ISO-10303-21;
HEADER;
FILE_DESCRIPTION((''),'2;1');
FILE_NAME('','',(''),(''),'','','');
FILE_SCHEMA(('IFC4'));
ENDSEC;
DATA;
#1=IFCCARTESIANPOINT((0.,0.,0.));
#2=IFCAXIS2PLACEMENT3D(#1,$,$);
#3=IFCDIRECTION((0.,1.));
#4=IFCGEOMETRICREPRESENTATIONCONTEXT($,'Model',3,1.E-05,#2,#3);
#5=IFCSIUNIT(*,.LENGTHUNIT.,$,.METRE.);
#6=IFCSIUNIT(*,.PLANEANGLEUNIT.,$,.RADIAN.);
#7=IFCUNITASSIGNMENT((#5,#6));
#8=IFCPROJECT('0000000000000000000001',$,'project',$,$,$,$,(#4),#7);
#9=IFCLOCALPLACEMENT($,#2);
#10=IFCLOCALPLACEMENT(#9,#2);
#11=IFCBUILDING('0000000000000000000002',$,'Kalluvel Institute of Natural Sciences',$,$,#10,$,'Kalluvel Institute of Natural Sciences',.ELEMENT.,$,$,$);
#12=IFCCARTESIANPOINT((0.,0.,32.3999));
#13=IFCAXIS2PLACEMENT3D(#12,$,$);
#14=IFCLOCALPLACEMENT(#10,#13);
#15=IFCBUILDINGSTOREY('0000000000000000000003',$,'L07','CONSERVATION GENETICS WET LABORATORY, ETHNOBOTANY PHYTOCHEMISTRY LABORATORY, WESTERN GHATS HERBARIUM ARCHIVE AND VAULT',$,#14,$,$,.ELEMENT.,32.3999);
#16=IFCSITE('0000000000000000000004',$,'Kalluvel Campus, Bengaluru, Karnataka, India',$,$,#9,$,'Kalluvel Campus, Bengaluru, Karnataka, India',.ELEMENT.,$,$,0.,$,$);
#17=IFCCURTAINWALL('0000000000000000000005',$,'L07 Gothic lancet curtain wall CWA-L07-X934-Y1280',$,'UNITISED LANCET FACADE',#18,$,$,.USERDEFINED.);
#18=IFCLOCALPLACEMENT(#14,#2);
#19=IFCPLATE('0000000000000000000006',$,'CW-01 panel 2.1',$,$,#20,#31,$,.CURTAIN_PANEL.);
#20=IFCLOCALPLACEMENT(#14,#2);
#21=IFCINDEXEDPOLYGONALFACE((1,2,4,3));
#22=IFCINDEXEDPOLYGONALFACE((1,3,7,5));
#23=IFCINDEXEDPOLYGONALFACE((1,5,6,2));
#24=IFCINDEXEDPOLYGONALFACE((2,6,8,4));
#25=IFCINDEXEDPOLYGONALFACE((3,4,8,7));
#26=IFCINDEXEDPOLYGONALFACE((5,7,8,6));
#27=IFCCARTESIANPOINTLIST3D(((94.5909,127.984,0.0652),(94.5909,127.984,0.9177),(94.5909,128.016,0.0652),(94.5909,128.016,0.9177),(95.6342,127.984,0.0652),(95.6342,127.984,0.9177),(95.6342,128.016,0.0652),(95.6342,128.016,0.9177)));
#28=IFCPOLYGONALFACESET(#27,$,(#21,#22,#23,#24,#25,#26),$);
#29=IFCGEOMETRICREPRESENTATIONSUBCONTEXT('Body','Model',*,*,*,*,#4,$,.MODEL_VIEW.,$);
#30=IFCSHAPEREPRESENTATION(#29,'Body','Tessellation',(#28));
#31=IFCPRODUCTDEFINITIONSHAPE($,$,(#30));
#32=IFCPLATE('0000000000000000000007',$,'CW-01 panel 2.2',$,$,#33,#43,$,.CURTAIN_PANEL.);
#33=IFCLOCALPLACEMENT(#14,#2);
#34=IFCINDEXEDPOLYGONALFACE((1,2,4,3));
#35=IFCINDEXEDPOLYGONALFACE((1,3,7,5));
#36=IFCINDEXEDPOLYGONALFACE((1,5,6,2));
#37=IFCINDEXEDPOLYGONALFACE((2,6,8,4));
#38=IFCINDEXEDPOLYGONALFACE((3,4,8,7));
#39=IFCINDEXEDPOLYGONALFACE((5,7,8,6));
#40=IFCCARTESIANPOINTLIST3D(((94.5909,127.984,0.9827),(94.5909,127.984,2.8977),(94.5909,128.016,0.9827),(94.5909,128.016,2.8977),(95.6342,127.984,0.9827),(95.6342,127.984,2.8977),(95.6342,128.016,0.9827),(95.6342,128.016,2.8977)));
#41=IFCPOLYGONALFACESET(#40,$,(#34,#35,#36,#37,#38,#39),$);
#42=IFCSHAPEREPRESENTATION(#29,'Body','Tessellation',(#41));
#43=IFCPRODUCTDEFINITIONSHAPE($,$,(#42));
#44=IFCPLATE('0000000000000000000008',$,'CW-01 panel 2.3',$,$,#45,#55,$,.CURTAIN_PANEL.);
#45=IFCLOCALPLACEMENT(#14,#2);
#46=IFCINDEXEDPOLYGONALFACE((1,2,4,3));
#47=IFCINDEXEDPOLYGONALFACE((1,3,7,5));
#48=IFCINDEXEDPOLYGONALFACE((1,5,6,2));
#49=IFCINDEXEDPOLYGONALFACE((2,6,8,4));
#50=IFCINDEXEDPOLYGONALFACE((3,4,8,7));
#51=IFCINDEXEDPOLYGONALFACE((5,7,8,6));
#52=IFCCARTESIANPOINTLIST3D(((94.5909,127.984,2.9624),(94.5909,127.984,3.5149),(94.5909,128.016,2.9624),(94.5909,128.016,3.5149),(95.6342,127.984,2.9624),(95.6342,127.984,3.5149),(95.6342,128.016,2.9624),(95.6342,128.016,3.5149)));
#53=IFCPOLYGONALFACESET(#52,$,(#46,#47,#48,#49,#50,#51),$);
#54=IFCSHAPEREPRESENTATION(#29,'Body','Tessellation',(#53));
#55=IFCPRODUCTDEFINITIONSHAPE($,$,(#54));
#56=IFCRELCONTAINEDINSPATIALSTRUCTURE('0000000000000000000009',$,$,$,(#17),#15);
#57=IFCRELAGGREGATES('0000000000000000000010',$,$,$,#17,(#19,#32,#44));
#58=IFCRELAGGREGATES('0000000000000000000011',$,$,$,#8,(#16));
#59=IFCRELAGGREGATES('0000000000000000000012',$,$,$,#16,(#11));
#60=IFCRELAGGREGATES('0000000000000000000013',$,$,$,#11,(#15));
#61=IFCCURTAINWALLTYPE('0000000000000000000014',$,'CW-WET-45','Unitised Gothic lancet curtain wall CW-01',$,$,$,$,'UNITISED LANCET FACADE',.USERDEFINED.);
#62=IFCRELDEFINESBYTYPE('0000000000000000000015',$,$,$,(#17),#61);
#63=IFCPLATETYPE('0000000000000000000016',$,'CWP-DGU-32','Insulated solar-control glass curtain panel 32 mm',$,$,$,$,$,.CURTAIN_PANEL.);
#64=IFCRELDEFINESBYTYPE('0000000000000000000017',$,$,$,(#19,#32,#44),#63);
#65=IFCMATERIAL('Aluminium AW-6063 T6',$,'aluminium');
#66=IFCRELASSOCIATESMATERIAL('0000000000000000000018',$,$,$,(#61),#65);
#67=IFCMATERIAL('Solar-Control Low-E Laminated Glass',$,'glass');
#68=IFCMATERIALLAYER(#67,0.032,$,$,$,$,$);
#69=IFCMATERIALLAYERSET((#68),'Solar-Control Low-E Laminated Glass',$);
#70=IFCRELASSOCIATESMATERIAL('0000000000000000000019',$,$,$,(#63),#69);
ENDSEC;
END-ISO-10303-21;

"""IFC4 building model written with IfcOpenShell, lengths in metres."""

from ifc_helpers import new_model, si_unit, direction, frame, origin, origin_2d, place, context, subcontext, project, spatial, rectangle, extrude, material, layer, layer_set, type_object, element, aggregate, save


model = new_model("IFC4")

# Units and contexts
model_context = context("Model", 3, precision=1e-05, world=origin(), true_north=direction((0.0, 1.0)))
body_context = subcontext(model_context, "Body", "Model", "MODEL_VIEW")
ifc_project = project(units=[si_unit("LENGTHUNIT", "METRE"), si_unit("PLANEANGLEUNIT", "RADIAN")], contexts=[model_context])

# Site, building, storey
site_placement = place(None, origin())
site = spatial("IfcSite", under=ifc_project, at=site_placement, Name="Kalluvel Campus, Bengaluru, Karnataka, India", LongName="Kalluvel Campus, Bengaluru, Karnataka, India", CompositionType="ELEMENT", RefElevation=0.0)
building_placement = place(site_placement, origin())
building = spatial("IfcBuilding", under=site, at=building_placement, Name="Kalluvel Institute of Natural Sciences", LongName="Kalluvel Institute of Natural Sciences", CompositionType="ELEMENT")
storey_placement = place(building_placement, frame((0.0, 0.0, 32.3999)))
storey = spatial("IfcBuildingStorey", under=building, at=storey_placement, Name="L07", Description="CONSERVATION GENETICS WET LABORATORY, ETHNOBOTANY PHYTOCHEMISTRY LABORATORY, WESTERN GHATS HERBARIUM ARCHIVE AND VAULT", CompositionType="ELEMENT", Elevation=32.3999)

# Curtain wall
ifc_material_1 = material(Name="Aluminium AW-6063 T6", Category="aluminium")
curtain_wall_type = type_object("IfcCurtainWallType", Name="CW-WET-45", Description="Unitised Gothic lancet curtain wall CW-01", ElementType="UNITISED LANCET FACADE", PredefinedType="USERDEFINED", material=ifc_material_1)
curtain_wall_1_placement = place(storey_placement, origin())
curtain_wall_1 = element("IfcCurtainWall", 1, at=curtain_wall_1_placement, inside=storey, type_object=curtain_wall_type, Name="L07 Gothic lancet curtain wall CWA-L07-X934-Y1280", ObjectType="UNITISED LANCET FACADE", PredefinedType="USERDEFINED")

# Plates
ifc_material_2 = material(Name="Solar-Control Low-E Laminated Glass", Category="glass")
ifc_layer = layer(ifc_material_2, 0.032)
ifc_layer_set = layer_set([ifc_layer], Name="Solar-Control Low-E Laminated Glass")
plate_type = type_object("IfcPlateType", Name="CWP-DGU-32", Description="Insulated solar-control glass curtain panel 32 mm", PredefinedType="CURTAIN_PANEL", material=ifc_layer_set)
plate_1_placement = place(storey_placement, frame((95.1125, 128.0, 0.0652), z_axis=(0.0, 0.0, 1.0), x_axis=(1.0, 0.0, 0.0)))
plate_1 = element("IfcPlate", 2, at=plate_1_placement, type_object=plate_type, Name="CW-01 panel 2.1", PredefinedType="CURTAIN_PANEL", context=body_context, shape_type="SweptSolid", body=[
    extrude(rectangle(XDim=1.0432, YDim=0.032, at=origin_2d()), origin(), (0.0, 0.0, 1.0), 0.8525),
])
plate_2_placement = place(storey_placement, frame((95.1125, 128.0, 0.9827), z_axis=(0.0, 0.0, 1.0), x_axis=(1.0, 0.0, 0.0)))
plate_2 = element("IfcPlate", 3, at=plate_2_placement, type_object=plate_type, Name="CW-01 panel 2.2", PredefinedType="CURTAIN_PANEL", context=body_context, shape_type="SweptSolid", body=[
    extrude(rectangle(XDim=1.0432, YDim=0.032, at=origin_2d()), origin(), (0.0, 0.0, 1.0), 1.915),
])
plate_3_placement = place(storey_placement, frame((95.1125, 128.0, 2.9624), z_axis=(0.0, 0.0, 1.0), x_axis=(1.0, 0.0, 0.0)))
plate_3 = element("IfcPlate", 4, at=plate_3_placement, type_object=plate_type, Name="CW-01 panel 2.3", PredefinedType="CURTAIN_PANEL", context=body_context, shape_type="SweptSolid", body=[
    extrude(rectangle(XDim=1.0432, YDim=0.032, at=origin_2d()), origin(), (0.0, 0.0, 1.0), 0.5525),
])
aggregate(curtain_wall_1, [plate_1, plate_2, plate_3])

save(model, "model.ifc")
